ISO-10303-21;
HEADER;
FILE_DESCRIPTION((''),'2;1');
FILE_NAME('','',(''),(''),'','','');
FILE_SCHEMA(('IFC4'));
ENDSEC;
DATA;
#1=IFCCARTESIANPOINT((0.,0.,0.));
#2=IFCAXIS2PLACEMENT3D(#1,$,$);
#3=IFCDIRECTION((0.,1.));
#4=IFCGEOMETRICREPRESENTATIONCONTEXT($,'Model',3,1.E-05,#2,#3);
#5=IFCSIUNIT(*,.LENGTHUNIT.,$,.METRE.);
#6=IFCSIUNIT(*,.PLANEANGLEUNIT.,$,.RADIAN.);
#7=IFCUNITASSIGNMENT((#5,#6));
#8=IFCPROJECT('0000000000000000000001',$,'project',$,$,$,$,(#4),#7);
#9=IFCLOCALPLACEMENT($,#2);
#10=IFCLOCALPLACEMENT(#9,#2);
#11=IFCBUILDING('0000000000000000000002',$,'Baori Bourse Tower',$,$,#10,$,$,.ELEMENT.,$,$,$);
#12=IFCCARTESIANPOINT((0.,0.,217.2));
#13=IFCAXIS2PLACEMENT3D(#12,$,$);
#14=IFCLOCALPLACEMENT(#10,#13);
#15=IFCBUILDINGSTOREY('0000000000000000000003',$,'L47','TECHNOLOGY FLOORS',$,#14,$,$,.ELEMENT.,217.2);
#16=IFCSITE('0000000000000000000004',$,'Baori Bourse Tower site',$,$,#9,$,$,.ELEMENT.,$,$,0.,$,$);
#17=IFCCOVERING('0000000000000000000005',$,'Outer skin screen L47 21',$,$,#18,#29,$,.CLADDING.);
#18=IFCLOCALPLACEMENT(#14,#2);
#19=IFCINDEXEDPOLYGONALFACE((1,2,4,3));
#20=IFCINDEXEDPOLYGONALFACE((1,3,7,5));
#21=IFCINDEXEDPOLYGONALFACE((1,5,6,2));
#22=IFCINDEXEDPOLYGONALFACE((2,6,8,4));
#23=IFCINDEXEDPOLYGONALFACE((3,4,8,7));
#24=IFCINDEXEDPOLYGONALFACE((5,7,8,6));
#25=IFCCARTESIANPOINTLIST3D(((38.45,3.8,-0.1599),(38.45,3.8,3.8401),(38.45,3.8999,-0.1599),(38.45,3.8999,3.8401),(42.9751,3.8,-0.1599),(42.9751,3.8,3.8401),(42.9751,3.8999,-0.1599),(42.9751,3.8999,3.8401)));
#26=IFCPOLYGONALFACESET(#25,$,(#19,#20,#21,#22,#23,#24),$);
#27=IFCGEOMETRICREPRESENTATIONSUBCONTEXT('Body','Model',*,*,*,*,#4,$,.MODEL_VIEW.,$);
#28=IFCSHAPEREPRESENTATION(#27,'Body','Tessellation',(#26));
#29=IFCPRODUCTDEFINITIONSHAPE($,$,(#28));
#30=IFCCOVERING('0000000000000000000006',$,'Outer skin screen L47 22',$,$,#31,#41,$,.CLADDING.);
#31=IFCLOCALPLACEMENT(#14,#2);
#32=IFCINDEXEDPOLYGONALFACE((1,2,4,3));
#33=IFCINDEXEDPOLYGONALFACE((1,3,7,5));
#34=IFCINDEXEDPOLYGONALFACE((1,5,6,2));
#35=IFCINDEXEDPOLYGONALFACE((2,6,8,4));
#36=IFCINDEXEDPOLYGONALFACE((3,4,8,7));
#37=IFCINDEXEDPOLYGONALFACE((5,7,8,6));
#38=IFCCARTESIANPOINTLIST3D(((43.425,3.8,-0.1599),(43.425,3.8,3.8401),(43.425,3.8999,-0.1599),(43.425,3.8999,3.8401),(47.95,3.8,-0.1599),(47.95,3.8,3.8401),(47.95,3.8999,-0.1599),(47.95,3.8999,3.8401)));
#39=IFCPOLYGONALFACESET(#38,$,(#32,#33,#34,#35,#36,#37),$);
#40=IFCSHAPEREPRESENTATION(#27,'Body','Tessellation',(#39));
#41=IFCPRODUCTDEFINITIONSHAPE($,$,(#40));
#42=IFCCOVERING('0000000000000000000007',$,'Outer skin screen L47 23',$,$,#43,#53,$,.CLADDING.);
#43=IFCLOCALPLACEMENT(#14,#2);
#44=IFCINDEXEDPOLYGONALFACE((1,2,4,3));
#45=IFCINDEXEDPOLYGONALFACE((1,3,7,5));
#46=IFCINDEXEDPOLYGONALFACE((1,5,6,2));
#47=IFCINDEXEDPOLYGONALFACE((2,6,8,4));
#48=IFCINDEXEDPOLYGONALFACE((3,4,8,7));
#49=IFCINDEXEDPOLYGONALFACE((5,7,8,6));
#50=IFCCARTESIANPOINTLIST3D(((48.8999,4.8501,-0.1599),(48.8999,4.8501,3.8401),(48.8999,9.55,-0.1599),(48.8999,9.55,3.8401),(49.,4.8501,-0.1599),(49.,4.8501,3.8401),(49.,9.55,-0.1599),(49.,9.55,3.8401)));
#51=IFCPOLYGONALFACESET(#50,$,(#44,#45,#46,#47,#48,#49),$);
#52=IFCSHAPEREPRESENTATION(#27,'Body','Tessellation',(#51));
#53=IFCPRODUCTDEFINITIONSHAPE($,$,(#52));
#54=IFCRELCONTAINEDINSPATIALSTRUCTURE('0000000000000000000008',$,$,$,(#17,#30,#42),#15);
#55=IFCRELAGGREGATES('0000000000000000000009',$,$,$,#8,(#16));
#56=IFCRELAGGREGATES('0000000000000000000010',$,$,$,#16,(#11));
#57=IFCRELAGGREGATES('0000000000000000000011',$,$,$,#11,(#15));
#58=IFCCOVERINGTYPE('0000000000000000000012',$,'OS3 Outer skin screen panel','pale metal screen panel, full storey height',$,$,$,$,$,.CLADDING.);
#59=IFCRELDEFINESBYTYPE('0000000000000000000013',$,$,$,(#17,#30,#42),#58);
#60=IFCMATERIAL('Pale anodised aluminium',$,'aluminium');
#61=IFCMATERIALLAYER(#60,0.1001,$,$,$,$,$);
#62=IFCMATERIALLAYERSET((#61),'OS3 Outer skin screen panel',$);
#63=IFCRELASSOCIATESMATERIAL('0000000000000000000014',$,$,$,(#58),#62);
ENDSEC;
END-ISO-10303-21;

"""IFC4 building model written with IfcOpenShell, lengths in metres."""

from ifc_helpers import new_model, si_unit, direction, frame, origin, place, context, subcontext, project, spatial, polyline, outline, extrude, material, layer, layer_set, type_object, element, save


model = new_model("IFC4")

# Units and contexts
model_context = context("Model", 3, precision=1e-05, world=origin(), true_north=direction((0.0, 1.0)))
body_context = subcontext(model_context, "Body", "Model", "MODEL_VIEW")
ifc_project = project(units=[si_unit("LENGTHUNIT", "METRE"), si_unit("PLANEANGLEUNIT", "RADIAN")], contexts=[model_context])

# Site, building, storey
site_placement = place(None, origin())
site = spatial("IfcSite", under=ifc_project, at=site_placement, Name="Baori Bourse Tower site", CompositionType="ELEMENT", RefElevation=0.0)
building_placement = place(site_placement, origin())
building = spatial("IfcBuilding", under=site, at=building_placement, Name="Baori Bourse Tower", CompositionType="ELEMENT")
storey_placement = place(building_placement, frame((0.0, 0.0, 217.2)))
storey = spatial("IfcBuildingStorey", under=building, at=storey_placement, Name="L47", Description="TECHNOLOGY FLOORS", CompositionType="ELEMENT", Elevation=217.2)

# Coverings
ifc_material_1 = material(Name="Pale anodised aluminium", Category="aluminium")
ifc_layer_1 = layer(ifc_material_1, 0.1001)
ifc_layer_set_1 = layer_set([ifc_layer_1], Name="OS3 Outer skin screen panel")
covering_type = type_object("IfcCoveringType", Name="OS3 Outer skin screen panel", Description="pale metal screen panel, full storey height", PredefinedType="CLADDING", material=ifc_layer_set_1)
covering_1_placement = place(storey_placement, frame((0.0, 0.0, -0.1599)))
element("IfcCovering", 1, at=covering_1_placement, inside=storey, type_object=covering_type, Name="Outer skin screen L47 21", PredefinedType="CLADDING", context=body_context, shape_type="SweptSolid", body=[
    extrude(outline(polyline([(42.9751, 3.8999), (38.45, 3.8999), (38.45, 3.8), (42.9751, 3.8), (42.9751, 3.8999)])), origin(), (0.0, 0.0, 1.0), 4.0),
])
covering_2_placement = place(storey_placement, frame((0.0, 0.0, -0.1599)))
element("IfcCovering", 2, at=covering_2_placement, inside=storey, type_object=covering_type, Name="Outer skin screen L47 22", PredefinedType="CLADDING", context=body_context, shape_type="SweptSolid", body=[
    extrude(outline(polyline([(47.95, 3.8999), (43.425, 3.8999), (43.425, 3.8), (47.95, 3.8), (47.95, 3.8999)])), origin(), (0.0, 0.0, 1.0), 4.0),
])
covering_3_placement = place(storey_placement, frame((0.0, 0.0, -0.1599)))
element("IfcCovering", 3, at=covering_3_placement, inside=storey, type_object=covering_type, Name="Outer skin screen L47 23", PredefinedType="CLADDING", context=body_context, shape_type="SweptSolid", body=[
    extrude(outline(polyline([(48.8999, 9.55), (48.8999, 4.8501), (49.0, 4.8501), (49.0, 9.55), (48.8999, 9.55)])), origin(), (0.0, 0.0, 1.0), 4.0),
])

save(model, "model.ifc")
